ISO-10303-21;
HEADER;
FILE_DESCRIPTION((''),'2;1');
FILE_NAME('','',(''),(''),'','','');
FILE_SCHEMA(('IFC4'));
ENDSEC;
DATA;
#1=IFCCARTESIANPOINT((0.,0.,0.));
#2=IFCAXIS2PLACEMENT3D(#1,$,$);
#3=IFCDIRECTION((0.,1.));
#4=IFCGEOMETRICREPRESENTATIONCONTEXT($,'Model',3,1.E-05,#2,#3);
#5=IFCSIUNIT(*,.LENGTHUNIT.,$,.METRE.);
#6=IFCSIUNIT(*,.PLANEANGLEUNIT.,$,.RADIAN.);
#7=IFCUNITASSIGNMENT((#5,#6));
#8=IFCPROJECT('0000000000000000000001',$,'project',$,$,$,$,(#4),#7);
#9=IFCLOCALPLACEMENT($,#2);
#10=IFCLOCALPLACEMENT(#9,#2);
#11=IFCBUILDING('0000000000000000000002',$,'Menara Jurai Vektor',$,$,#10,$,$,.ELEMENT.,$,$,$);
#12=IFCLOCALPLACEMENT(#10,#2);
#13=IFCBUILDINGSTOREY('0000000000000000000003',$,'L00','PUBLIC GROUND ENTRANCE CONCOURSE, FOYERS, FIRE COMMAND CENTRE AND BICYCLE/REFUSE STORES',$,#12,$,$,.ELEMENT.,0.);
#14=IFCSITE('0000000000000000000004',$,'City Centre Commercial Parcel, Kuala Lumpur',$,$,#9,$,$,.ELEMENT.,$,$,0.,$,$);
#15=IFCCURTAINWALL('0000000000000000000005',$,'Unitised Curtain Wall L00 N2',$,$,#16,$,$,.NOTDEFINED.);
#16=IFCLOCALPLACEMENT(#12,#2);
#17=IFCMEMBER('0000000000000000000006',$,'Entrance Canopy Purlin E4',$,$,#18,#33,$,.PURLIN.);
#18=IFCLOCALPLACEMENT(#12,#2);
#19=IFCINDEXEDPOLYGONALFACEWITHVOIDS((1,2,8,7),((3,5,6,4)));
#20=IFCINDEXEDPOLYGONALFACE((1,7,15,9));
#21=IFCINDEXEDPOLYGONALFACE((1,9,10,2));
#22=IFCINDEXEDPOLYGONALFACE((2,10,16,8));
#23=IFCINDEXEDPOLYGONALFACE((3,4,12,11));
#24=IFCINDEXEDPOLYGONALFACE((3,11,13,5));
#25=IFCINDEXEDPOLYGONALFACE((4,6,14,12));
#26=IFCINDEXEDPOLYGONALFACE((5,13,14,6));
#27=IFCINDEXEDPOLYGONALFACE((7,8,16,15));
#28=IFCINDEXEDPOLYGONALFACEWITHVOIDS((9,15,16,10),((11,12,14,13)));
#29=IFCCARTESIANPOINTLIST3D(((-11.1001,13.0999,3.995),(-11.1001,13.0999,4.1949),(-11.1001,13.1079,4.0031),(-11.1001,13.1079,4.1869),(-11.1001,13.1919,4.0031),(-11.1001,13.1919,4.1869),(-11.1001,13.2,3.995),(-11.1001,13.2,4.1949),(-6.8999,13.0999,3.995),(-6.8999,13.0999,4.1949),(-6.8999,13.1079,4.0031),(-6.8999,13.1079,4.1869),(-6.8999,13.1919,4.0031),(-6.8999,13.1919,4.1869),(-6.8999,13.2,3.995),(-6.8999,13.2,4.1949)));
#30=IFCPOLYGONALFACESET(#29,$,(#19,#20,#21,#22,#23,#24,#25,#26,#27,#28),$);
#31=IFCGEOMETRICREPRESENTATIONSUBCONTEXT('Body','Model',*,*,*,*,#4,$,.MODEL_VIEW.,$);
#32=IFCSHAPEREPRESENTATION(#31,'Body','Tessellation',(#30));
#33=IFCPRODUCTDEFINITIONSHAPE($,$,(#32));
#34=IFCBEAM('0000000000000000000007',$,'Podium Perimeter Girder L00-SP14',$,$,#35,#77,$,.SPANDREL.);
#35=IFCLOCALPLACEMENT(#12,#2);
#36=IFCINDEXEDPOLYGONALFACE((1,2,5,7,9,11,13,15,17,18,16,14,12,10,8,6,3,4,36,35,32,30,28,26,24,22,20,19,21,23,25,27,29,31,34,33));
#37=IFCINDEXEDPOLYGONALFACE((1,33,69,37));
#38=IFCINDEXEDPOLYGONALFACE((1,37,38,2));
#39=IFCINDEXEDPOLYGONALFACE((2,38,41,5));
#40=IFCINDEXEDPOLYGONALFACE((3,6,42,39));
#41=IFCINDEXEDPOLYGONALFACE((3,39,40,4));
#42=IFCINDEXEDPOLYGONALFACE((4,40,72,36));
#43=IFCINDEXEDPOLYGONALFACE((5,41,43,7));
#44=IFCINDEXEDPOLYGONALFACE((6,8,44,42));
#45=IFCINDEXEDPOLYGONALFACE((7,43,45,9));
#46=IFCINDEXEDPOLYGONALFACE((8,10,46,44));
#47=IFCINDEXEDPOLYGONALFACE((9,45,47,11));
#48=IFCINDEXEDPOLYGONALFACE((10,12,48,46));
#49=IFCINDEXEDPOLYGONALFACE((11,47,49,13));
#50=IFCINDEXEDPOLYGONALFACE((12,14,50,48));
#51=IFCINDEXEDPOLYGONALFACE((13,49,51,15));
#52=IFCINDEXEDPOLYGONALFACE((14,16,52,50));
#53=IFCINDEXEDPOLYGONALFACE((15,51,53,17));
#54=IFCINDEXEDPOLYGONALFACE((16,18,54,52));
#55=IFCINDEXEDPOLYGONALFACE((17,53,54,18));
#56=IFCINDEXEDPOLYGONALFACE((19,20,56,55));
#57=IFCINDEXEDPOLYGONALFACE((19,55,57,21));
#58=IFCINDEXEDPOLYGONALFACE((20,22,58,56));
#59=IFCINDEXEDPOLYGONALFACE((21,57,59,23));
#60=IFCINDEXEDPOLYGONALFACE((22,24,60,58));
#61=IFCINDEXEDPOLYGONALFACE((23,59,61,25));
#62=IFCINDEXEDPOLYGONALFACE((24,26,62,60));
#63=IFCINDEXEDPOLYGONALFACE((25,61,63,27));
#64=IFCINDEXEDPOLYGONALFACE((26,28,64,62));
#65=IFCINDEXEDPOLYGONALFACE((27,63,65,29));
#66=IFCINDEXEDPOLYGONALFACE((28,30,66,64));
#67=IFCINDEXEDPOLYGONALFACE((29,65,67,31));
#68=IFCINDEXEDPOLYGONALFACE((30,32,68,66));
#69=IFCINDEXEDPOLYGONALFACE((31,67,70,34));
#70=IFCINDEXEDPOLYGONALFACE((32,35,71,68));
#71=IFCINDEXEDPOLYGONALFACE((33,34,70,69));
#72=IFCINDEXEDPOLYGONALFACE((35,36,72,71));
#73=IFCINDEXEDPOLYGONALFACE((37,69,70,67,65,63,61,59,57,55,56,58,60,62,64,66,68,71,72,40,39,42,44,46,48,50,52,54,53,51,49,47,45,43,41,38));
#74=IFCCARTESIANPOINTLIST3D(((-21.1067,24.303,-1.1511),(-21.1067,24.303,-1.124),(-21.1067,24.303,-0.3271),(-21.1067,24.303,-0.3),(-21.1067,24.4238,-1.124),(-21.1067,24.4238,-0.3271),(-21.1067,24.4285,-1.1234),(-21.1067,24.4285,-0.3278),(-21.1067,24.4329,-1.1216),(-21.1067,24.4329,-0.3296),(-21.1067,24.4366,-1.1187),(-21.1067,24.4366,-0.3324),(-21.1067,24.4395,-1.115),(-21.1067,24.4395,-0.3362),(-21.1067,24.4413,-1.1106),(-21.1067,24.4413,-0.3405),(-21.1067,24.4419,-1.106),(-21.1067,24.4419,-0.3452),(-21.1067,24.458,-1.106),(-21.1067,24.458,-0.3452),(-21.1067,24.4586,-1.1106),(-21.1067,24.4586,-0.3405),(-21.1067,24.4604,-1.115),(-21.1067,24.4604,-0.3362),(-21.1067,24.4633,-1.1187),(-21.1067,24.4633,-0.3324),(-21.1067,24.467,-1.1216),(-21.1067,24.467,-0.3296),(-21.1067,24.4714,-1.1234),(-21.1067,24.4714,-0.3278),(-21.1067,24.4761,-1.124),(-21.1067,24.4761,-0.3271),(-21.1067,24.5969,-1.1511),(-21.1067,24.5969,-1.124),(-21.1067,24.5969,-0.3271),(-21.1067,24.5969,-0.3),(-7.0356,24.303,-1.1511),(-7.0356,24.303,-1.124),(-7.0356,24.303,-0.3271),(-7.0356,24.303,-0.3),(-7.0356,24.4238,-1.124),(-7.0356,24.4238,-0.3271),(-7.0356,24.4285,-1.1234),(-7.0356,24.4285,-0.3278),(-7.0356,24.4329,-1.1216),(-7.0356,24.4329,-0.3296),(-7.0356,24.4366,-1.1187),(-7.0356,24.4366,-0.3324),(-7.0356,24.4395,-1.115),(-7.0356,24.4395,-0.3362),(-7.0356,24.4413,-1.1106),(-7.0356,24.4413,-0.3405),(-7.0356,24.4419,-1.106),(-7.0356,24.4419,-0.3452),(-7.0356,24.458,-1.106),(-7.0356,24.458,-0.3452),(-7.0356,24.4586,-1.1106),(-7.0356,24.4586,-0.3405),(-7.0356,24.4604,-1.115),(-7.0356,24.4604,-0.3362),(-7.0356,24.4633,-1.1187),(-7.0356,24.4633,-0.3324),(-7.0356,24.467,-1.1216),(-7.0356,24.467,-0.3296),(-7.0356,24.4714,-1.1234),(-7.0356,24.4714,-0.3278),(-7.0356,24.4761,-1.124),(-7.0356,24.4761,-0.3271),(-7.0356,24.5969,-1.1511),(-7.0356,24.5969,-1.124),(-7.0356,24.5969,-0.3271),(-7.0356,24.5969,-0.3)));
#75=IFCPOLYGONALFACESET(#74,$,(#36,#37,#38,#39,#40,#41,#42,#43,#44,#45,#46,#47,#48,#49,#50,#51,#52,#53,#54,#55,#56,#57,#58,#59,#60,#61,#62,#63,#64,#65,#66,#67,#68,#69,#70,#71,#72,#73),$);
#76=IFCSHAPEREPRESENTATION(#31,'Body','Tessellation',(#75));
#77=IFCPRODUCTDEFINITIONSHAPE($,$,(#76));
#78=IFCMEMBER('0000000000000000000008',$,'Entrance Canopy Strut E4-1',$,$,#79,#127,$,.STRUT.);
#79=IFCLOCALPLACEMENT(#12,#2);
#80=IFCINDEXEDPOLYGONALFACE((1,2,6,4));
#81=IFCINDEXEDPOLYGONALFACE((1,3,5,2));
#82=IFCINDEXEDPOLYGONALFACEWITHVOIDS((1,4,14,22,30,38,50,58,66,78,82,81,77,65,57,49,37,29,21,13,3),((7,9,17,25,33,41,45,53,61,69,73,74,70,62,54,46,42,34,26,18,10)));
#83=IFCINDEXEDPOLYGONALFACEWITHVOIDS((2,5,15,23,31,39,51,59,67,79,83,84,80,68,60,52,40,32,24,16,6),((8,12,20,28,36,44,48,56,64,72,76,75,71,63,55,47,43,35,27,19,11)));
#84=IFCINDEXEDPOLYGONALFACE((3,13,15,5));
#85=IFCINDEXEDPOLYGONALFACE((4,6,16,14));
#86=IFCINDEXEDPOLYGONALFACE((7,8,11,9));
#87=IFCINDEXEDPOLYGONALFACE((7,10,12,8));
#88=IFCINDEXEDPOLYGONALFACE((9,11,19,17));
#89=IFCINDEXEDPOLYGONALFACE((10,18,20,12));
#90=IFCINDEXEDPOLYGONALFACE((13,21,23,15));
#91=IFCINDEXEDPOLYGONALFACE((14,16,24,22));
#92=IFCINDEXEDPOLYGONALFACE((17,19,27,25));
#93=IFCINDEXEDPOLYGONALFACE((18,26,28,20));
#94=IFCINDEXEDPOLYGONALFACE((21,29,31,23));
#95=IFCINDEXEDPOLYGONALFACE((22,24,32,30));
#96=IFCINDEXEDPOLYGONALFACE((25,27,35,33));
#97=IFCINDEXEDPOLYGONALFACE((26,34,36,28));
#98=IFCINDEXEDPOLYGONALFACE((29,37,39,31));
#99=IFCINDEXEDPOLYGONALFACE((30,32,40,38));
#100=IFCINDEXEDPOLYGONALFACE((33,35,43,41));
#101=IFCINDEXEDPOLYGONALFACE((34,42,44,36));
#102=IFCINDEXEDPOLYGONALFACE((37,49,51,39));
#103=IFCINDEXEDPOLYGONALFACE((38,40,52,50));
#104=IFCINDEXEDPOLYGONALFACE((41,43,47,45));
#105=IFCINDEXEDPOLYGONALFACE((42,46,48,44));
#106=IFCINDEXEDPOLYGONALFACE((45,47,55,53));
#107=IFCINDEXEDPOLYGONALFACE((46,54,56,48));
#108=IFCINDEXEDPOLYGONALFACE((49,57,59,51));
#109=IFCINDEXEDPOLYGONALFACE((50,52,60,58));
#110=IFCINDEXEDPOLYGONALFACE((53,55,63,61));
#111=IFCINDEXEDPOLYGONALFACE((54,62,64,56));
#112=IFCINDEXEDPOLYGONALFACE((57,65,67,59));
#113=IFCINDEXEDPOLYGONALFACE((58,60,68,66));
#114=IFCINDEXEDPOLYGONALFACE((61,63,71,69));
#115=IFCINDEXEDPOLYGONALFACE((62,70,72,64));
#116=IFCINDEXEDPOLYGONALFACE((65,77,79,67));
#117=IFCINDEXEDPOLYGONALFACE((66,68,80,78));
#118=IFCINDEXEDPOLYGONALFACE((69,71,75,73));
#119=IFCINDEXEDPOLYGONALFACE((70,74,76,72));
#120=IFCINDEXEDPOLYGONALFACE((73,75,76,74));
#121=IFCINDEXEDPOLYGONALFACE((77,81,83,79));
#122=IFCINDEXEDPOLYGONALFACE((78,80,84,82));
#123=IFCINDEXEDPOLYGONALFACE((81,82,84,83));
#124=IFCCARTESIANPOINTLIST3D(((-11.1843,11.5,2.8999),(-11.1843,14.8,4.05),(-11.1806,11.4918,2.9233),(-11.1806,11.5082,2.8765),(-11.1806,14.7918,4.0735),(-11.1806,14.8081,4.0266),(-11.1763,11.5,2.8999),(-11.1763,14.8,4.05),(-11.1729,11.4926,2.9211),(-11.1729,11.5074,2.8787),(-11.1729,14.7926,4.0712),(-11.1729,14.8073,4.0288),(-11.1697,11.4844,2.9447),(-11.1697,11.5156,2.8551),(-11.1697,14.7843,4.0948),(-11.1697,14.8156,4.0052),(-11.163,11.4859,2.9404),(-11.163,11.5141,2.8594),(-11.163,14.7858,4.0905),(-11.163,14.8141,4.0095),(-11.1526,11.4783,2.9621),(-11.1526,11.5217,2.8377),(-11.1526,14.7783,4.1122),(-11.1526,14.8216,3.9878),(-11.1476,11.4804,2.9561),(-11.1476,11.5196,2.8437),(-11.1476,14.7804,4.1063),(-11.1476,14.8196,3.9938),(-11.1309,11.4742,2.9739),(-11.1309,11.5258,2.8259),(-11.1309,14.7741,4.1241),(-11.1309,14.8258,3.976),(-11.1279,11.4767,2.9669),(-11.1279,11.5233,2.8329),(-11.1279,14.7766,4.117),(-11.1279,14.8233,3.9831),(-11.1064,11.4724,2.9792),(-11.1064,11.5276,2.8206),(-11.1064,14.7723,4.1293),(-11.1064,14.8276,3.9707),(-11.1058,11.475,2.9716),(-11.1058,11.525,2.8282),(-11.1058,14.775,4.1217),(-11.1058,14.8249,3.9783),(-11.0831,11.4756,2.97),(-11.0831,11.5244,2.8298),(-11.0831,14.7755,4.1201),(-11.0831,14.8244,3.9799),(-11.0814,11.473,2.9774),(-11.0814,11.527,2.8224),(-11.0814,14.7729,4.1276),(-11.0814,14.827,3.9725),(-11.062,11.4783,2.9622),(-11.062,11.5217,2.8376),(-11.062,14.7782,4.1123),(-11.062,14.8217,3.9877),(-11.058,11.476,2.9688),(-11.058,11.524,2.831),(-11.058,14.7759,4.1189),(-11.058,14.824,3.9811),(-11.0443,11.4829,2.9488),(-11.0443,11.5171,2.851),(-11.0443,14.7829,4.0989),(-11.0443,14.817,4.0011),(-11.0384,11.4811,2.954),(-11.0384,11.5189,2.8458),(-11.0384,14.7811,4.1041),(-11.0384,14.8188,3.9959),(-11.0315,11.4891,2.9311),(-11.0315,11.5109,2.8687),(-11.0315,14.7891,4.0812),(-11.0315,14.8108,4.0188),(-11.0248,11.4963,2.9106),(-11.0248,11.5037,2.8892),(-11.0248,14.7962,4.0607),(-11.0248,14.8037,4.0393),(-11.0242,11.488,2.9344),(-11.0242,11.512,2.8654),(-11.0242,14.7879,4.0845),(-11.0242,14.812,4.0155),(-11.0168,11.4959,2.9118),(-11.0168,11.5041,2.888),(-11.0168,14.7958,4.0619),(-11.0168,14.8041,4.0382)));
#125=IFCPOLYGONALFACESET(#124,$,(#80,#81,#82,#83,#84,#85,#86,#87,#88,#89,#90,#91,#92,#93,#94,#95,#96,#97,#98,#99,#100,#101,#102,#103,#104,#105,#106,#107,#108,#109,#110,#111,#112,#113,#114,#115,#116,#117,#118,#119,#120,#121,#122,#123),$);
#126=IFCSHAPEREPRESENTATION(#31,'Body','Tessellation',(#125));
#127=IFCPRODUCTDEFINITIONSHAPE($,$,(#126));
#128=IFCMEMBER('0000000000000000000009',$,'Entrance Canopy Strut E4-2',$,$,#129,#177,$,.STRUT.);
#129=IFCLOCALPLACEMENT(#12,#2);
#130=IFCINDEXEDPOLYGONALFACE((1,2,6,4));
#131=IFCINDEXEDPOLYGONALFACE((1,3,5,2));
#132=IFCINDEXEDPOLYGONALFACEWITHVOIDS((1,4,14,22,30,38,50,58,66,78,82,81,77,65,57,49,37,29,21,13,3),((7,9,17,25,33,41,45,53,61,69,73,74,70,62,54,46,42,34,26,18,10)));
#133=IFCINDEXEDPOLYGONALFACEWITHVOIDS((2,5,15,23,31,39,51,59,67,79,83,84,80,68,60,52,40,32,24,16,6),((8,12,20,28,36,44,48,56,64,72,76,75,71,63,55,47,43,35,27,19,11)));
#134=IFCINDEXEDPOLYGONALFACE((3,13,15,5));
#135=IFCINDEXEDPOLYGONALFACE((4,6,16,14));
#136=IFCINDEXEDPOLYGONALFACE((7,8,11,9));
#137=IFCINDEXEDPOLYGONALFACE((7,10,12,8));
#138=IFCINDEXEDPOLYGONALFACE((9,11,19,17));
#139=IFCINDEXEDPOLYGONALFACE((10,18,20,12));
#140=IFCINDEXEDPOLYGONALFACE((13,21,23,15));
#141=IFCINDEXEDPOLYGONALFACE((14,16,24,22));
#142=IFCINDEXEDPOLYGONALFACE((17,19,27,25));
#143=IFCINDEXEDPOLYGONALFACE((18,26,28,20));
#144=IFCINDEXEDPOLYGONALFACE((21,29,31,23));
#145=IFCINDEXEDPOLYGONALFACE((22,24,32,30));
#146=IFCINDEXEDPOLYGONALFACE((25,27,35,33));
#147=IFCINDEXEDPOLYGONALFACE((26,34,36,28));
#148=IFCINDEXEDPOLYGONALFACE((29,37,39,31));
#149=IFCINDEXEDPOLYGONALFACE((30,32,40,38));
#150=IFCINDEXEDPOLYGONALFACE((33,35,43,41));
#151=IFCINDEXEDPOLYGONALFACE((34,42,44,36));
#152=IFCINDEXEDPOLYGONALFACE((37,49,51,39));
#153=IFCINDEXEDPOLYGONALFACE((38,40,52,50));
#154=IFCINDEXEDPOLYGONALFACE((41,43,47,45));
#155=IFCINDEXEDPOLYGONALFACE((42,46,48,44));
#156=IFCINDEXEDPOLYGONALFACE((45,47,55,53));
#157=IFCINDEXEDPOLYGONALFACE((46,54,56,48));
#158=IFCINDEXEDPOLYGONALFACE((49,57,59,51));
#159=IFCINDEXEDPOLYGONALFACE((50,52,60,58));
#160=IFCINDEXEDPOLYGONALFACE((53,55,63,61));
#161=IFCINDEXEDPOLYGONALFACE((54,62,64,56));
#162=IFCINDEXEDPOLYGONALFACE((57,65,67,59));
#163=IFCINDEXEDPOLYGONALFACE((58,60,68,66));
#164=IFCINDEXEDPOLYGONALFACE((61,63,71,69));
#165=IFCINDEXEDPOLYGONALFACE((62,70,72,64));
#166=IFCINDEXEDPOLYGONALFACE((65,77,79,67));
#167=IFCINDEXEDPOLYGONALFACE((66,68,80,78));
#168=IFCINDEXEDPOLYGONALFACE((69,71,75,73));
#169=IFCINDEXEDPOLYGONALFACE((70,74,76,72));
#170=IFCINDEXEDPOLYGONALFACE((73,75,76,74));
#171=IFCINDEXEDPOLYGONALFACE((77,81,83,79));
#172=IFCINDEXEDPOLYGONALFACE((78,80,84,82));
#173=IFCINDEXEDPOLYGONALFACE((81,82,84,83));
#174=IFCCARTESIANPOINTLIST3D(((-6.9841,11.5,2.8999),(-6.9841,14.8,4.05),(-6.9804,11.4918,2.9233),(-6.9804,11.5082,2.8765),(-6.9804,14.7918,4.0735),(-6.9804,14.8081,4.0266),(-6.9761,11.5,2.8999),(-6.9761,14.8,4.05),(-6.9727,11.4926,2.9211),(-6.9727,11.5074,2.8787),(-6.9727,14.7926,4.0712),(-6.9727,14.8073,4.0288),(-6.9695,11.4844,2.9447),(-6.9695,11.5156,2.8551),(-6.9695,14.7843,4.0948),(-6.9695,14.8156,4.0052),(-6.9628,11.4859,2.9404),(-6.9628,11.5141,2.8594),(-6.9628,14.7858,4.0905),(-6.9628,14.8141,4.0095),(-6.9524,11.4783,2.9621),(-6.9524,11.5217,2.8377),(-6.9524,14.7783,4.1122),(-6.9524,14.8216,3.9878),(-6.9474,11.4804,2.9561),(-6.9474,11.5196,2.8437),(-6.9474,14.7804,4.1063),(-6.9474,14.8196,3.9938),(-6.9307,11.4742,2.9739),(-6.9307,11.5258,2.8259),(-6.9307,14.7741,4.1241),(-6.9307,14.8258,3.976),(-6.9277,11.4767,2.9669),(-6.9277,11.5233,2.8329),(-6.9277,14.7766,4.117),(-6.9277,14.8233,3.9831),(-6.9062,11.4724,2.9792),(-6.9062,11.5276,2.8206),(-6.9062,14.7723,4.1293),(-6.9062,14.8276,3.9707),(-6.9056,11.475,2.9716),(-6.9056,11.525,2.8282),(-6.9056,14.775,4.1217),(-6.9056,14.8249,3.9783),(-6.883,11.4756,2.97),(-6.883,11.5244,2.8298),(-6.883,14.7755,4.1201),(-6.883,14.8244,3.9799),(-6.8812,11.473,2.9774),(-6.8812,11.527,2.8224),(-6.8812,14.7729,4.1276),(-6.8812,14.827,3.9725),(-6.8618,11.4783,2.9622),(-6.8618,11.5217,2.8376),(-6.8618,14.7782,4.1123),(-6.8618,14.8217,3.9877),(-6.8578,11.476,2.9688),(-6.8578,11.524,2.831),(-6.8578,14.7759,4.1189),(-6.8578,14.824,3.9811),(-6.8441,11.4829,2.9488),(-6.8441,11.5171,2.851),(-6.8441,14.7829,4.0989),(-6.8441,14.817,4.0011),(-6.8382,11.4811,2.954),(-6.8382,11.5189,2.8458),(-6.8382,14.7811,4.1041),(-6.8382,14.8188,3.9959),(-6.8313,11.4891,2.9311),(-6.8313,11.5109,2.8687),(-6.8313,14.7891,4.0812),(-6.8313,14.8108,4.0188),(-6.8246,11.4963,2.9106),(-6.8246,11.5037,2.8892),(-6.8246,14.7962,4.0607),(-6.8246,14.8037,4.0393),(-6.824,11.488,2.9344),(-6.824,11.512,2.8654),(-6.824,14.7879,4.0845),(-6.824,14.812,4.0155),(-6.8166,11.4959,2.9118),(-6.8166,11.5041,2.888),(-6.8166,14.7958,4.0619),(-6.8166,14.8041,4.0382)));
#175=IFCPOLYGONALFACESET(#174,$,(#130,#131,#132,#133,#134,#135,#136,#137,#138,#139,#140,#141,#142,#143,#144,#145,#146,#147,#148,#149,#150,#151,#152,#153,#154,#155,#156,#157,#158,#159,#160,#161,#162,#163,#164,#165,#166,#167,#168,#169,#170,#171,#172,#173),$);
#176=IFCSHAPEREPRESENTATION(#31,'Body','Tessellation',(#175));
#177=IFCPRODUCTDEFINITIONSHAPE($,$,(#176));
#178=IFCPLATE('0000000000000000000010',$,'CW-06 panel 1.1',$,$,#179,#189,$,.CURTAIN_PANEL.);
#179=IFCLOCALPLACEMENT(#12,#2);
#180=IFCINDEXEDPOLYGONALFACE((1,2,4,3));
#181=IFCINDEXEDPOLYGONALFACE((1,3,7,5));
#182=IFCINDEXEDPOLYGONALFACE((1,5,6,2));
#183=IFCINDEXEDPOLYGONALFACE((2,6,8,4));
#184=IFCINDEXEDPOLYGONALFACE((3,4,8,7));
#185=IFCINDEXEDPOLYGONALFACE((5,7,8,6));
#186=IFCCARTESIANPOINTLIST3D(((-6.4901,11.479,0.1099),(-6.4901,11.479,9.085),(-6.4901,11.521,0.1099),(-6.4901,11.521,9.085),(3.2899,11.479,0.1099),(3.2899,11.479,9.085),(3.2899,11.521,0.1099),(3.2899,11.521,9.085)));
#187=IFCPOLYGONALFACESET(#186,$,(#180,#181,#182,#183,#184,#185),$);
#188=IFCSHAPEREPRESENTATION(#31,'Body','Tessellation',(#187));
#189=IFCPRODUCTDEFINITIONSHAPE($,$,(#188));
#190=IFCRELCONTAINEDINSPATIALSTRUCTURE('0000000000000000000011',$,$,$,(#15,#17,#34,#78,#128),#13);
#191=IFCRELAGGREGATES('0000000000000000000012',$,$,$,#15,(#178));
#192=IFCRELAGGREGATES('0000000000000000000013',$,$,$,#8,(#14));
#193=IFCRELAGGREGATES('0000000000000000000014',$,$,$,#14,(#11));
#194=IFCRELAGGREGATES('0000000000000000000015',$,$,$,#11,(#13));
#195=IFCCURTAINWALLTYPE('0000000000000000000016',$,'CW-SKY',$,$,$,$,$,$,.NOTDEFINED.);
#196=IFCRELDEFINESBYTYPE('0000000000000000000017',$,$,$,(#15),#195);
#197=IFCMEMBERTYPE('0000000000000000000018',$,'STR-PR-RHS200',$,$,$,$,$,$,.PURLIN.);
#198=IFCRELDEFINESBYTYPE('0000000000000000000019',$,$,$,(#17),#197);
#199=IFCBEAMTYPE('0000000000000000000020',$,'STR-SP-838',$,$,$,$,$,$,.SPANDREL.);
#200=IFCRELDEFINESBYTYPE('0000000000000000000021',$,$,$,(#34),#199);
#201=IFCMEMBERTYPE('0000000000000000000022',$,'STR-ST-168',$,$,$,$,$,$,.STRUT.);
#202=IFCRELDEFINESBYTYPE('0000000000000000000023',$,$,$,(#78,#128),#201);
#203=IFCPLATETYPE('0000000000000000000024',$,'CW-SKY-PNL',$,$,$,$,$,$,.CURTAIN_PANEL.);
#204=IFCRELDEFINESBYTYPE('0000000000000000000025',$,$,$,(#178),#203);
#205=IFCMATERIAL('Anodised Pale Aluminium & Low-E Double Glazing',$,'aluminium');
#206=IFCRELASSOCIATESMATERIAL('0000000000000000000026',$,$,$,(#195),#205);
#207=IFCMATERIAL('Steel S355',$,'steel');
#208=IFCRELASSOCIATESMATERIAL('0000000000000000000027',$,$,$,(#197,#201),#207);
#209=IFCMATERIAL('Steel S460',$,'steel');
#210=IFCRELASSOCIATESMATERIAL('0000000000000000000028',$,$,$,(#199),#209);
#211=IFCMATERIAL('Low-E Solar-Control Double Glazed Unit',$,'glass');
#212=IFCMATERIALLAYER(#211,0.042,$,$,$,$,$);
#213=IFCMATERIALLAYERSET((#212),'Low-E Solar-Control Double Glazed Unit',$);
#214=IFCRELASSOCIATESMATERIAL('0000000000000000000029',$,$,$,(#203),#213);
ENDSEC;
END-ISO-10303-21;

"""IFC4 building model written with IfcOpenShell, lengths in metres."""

from ifc_helpers import new_model, si_unit, direction, frame, origin, origin_2d, place, context, subcontext, project, spatial, rectangle, hollow_rectangle, hollow_circle, i_section, extrude, material, layer, layer_set, material_profile, profile_set, type_object, element, aggregate, save


model = new_model("IFC4")

# Units and contexts
model_context = context("Model", 3, precision=1e-05, world=origin(), true_north=direction((0.0, 1.0)))
body_context = subcontext(model_context, "Body", "Model", "MODEL_VIEW")
ifc_project = project(units=[si_unit("LENGTHUNIT", "METRE"), si_unit("PLANEANGLEUNIT", "RADIAN")], contexts=[model_context])

# Site, building, storey
site_placement = place(None, origin())
site = spatial("IfcSite", under=ifc_project, at=site_placement, Name="City Centre Commercial Parcel, Kuala Lumpur", CompositionType="ELEMENT", RefElevation=0.0)
building_placement = place(site_placement, origin())
building = spatial("IfcBuilding", under=site, at=building_placement, Name="Menara Jurai Vektor", CompositionType="ELEMENT")
storey_placement = place(building_placement, origin())
storey = spatial("IfcBuildingStorey", under=building, at=storey_placement, Name="L00", Description="PUBLIC GROUND ENTRANCE CONCOURSE, FOYERS, FIRE COMMAND CENTRE AND BICYCLE/REFUSE STORES", CompositionType="ELEMENT", Elevation=0.0)

# Shared definitions
ifc_material_1 = material(Name="Steel S355", Category="steel")
ifc_material_2 = material(Name="Steel S460", Category="steel")

# Curtain wall
ifc_material_3 = material(Name="Anodised Pale Aluminium & Low-E Double Glazing", Category="aluminium")
curtain_wall_type = type_object("IfcCurtainWallType", Name="CW-SKY", PredefinedType="NOTDEFINED", material=ifc_material_3)
curtain_wall_placement = place(storey_placement, origin())
curtain_wall = element("IfcCurtainWall", 1, at=curtain_wall_placement, inside=storey, type_object=curtain_wall_type, Name="Unitised Curtain Wall L00 N2", PredefinedType="NOTDEFINED")

# Member
ifc_material_profile_1 = material_profile(ifc_material_1, hollow_rectangle(XDim=0.1001, YDim=0.2, WallThickness=0.0081, at=origin_2d()), Name="RHS 200x100x8")
ifc_profile_set_1 = profile_set([ifc_material_profile_1], Name="Steel S355")
member_type_1 = type_object("IfcMemberType", Name="STR-PR-RHS200", PredefinedType="PURLIN", material=ifc_profile_set_1)
member_1_placement = place(storey_placement, frame((-11.1001, 13.1499, 4.095), z_axis=(1.0, 0.0, 0.0), x_axis=(0.0, 1.0, 0.0)))
element("IfcMember", 2, at=member_1_placement, inside=storey, type_object=member_type_1, Name="Entrance Canopy Purlin E4", PredefinedType="PURLIN", context=body_context, shape_type="SweptSolid", body=[
    extrude(hollow_rectangle(XDim=0.1001, YDim=0.2, WallThickness=0.0081, at=origin_2d()), origin(), (0.0, 0.0, 1.0), 4.2002),
])

# Beam
ifc_material_profile_2 = material_profile(ifc_material_2, i_section(OverallWidth=0.2939, OverallDepth=0.8511, WebThickness=0.0161, FlangeThickness=0.0271, FilletRadius=0.0181, at=origin_2d()), Name="UKB 838x292x226")
ifc_profile_set_2 = profile_set([ifc_material_profile_2], Name="Steel S460")
beam_type_1 = type_object("IfcBeamType", Name="STR-SP-838", PredefinedType="SPANDREL", material=ifc_profile_set_2)
beam_1_placement = place(storey_placement, frame((-7.0356, 24.45, -0.7256), z_axis=(-1.0, 0.0, 0.0), x_axis=(0.0, -1.0, 0.0)))
element("IfcBeam", 3, at=beam_1_placement, inside=storey, type_object=beam_type_1, Name="Podium Perimeter Girder L00-SP14", PredefinedType="SPANDREL", context=body_context, shape_type="SweptSolid", body=[
    extrude(i_section(OverallWidth=0.2939, OverallDepth=0.8511, WebThickness=0.0161, FlangeThickness=0.0271, FilletRadius=0.0181, at=origin_2d()), origin(), (0.0, 0.0, 1.0), 14.071),
])

# Members
ifc_material_profile_3 = material_profile(ifc_material_1, hollow_circle(Radius=0.0842, WallThickness=0.0081, at=origin_2d()), Name="CHS 168.3x8")
ifc_profile_set_3 = profile_set([ifc_material_profile_3], Name="Steel S355")
member_type_2 = type_object("IfcMemberType", Name="STR-ST-168", PredefinedType="STRUT", material=ifc_profile_set_3)
for number, where, z_axis, x_axis, name in (
    (4, (-11.1001, 11.5, 2.8999), (0.0, 0.944292, 0.329109), (-1.0, 0.0, 0.0), "Entrance Canopy Strut E4-1"),
    (5, (-6.8999, 11.5, 2.8999), (0.0, 0.944292, 0.329109), (-1.0, 0.0, 0.0), "Entrance Canopy Strut E4-2"),
):
    element("IfcMember", number, at=place(storey_placement, frame(where, z_axis=z_axis, x_axis=x_axis)), inside=storey, type_object=member_type_2, Name=name, PredefinedType="STRUT", context=body_context, shape_type="SweptSolid", body=[
        extrude(hollow_circle(Radius=0.0842, WallThickness=0.0081, at=origin_2d()), origin(), (0.0, 0.0, 1.0), 3.4946),
    ])

# Plate
ifc_material_4 = material(Name="Low-E Solar-Control Double Glazed Unit", Category="glass")
ifc_layer_1 = layer(ifc_material_4, 0.042)
ifc_layer_set_1 = layer_set([ifc_layer_1], Name="Low-E Solar-Control Double Glazed Unit")
plate_type_1 = type_object("IfcPlateType", Name="CW-SKY-PNL", PredefinedType="CURTAIN_PANEL", material=ifc_layer_set_1)
plate_placement = place(storey_placement, frame((-1.6001, 11.5, 0.1099), z_axis=(0.0, 0.0, 1.0), x_axis=(1.0, 0.0, 0.0)))
plate = element("IfcPlate", 6, at=plate_placement, type_object=plate_type_1, Name="CW-06 panel 1.1", PredefinedType="CURTAIN_PANEL", context=body_context, shape_type="SweptSolid", body=[
    extrude(rectangle(XDim=9.78, YDim=0.042, at=origin_2d()), origin(), (0.0, 0.0, 1.0), 8.9751),
])
aggregate(curtain_wall, [plate])

save(model, "model.ifc")
